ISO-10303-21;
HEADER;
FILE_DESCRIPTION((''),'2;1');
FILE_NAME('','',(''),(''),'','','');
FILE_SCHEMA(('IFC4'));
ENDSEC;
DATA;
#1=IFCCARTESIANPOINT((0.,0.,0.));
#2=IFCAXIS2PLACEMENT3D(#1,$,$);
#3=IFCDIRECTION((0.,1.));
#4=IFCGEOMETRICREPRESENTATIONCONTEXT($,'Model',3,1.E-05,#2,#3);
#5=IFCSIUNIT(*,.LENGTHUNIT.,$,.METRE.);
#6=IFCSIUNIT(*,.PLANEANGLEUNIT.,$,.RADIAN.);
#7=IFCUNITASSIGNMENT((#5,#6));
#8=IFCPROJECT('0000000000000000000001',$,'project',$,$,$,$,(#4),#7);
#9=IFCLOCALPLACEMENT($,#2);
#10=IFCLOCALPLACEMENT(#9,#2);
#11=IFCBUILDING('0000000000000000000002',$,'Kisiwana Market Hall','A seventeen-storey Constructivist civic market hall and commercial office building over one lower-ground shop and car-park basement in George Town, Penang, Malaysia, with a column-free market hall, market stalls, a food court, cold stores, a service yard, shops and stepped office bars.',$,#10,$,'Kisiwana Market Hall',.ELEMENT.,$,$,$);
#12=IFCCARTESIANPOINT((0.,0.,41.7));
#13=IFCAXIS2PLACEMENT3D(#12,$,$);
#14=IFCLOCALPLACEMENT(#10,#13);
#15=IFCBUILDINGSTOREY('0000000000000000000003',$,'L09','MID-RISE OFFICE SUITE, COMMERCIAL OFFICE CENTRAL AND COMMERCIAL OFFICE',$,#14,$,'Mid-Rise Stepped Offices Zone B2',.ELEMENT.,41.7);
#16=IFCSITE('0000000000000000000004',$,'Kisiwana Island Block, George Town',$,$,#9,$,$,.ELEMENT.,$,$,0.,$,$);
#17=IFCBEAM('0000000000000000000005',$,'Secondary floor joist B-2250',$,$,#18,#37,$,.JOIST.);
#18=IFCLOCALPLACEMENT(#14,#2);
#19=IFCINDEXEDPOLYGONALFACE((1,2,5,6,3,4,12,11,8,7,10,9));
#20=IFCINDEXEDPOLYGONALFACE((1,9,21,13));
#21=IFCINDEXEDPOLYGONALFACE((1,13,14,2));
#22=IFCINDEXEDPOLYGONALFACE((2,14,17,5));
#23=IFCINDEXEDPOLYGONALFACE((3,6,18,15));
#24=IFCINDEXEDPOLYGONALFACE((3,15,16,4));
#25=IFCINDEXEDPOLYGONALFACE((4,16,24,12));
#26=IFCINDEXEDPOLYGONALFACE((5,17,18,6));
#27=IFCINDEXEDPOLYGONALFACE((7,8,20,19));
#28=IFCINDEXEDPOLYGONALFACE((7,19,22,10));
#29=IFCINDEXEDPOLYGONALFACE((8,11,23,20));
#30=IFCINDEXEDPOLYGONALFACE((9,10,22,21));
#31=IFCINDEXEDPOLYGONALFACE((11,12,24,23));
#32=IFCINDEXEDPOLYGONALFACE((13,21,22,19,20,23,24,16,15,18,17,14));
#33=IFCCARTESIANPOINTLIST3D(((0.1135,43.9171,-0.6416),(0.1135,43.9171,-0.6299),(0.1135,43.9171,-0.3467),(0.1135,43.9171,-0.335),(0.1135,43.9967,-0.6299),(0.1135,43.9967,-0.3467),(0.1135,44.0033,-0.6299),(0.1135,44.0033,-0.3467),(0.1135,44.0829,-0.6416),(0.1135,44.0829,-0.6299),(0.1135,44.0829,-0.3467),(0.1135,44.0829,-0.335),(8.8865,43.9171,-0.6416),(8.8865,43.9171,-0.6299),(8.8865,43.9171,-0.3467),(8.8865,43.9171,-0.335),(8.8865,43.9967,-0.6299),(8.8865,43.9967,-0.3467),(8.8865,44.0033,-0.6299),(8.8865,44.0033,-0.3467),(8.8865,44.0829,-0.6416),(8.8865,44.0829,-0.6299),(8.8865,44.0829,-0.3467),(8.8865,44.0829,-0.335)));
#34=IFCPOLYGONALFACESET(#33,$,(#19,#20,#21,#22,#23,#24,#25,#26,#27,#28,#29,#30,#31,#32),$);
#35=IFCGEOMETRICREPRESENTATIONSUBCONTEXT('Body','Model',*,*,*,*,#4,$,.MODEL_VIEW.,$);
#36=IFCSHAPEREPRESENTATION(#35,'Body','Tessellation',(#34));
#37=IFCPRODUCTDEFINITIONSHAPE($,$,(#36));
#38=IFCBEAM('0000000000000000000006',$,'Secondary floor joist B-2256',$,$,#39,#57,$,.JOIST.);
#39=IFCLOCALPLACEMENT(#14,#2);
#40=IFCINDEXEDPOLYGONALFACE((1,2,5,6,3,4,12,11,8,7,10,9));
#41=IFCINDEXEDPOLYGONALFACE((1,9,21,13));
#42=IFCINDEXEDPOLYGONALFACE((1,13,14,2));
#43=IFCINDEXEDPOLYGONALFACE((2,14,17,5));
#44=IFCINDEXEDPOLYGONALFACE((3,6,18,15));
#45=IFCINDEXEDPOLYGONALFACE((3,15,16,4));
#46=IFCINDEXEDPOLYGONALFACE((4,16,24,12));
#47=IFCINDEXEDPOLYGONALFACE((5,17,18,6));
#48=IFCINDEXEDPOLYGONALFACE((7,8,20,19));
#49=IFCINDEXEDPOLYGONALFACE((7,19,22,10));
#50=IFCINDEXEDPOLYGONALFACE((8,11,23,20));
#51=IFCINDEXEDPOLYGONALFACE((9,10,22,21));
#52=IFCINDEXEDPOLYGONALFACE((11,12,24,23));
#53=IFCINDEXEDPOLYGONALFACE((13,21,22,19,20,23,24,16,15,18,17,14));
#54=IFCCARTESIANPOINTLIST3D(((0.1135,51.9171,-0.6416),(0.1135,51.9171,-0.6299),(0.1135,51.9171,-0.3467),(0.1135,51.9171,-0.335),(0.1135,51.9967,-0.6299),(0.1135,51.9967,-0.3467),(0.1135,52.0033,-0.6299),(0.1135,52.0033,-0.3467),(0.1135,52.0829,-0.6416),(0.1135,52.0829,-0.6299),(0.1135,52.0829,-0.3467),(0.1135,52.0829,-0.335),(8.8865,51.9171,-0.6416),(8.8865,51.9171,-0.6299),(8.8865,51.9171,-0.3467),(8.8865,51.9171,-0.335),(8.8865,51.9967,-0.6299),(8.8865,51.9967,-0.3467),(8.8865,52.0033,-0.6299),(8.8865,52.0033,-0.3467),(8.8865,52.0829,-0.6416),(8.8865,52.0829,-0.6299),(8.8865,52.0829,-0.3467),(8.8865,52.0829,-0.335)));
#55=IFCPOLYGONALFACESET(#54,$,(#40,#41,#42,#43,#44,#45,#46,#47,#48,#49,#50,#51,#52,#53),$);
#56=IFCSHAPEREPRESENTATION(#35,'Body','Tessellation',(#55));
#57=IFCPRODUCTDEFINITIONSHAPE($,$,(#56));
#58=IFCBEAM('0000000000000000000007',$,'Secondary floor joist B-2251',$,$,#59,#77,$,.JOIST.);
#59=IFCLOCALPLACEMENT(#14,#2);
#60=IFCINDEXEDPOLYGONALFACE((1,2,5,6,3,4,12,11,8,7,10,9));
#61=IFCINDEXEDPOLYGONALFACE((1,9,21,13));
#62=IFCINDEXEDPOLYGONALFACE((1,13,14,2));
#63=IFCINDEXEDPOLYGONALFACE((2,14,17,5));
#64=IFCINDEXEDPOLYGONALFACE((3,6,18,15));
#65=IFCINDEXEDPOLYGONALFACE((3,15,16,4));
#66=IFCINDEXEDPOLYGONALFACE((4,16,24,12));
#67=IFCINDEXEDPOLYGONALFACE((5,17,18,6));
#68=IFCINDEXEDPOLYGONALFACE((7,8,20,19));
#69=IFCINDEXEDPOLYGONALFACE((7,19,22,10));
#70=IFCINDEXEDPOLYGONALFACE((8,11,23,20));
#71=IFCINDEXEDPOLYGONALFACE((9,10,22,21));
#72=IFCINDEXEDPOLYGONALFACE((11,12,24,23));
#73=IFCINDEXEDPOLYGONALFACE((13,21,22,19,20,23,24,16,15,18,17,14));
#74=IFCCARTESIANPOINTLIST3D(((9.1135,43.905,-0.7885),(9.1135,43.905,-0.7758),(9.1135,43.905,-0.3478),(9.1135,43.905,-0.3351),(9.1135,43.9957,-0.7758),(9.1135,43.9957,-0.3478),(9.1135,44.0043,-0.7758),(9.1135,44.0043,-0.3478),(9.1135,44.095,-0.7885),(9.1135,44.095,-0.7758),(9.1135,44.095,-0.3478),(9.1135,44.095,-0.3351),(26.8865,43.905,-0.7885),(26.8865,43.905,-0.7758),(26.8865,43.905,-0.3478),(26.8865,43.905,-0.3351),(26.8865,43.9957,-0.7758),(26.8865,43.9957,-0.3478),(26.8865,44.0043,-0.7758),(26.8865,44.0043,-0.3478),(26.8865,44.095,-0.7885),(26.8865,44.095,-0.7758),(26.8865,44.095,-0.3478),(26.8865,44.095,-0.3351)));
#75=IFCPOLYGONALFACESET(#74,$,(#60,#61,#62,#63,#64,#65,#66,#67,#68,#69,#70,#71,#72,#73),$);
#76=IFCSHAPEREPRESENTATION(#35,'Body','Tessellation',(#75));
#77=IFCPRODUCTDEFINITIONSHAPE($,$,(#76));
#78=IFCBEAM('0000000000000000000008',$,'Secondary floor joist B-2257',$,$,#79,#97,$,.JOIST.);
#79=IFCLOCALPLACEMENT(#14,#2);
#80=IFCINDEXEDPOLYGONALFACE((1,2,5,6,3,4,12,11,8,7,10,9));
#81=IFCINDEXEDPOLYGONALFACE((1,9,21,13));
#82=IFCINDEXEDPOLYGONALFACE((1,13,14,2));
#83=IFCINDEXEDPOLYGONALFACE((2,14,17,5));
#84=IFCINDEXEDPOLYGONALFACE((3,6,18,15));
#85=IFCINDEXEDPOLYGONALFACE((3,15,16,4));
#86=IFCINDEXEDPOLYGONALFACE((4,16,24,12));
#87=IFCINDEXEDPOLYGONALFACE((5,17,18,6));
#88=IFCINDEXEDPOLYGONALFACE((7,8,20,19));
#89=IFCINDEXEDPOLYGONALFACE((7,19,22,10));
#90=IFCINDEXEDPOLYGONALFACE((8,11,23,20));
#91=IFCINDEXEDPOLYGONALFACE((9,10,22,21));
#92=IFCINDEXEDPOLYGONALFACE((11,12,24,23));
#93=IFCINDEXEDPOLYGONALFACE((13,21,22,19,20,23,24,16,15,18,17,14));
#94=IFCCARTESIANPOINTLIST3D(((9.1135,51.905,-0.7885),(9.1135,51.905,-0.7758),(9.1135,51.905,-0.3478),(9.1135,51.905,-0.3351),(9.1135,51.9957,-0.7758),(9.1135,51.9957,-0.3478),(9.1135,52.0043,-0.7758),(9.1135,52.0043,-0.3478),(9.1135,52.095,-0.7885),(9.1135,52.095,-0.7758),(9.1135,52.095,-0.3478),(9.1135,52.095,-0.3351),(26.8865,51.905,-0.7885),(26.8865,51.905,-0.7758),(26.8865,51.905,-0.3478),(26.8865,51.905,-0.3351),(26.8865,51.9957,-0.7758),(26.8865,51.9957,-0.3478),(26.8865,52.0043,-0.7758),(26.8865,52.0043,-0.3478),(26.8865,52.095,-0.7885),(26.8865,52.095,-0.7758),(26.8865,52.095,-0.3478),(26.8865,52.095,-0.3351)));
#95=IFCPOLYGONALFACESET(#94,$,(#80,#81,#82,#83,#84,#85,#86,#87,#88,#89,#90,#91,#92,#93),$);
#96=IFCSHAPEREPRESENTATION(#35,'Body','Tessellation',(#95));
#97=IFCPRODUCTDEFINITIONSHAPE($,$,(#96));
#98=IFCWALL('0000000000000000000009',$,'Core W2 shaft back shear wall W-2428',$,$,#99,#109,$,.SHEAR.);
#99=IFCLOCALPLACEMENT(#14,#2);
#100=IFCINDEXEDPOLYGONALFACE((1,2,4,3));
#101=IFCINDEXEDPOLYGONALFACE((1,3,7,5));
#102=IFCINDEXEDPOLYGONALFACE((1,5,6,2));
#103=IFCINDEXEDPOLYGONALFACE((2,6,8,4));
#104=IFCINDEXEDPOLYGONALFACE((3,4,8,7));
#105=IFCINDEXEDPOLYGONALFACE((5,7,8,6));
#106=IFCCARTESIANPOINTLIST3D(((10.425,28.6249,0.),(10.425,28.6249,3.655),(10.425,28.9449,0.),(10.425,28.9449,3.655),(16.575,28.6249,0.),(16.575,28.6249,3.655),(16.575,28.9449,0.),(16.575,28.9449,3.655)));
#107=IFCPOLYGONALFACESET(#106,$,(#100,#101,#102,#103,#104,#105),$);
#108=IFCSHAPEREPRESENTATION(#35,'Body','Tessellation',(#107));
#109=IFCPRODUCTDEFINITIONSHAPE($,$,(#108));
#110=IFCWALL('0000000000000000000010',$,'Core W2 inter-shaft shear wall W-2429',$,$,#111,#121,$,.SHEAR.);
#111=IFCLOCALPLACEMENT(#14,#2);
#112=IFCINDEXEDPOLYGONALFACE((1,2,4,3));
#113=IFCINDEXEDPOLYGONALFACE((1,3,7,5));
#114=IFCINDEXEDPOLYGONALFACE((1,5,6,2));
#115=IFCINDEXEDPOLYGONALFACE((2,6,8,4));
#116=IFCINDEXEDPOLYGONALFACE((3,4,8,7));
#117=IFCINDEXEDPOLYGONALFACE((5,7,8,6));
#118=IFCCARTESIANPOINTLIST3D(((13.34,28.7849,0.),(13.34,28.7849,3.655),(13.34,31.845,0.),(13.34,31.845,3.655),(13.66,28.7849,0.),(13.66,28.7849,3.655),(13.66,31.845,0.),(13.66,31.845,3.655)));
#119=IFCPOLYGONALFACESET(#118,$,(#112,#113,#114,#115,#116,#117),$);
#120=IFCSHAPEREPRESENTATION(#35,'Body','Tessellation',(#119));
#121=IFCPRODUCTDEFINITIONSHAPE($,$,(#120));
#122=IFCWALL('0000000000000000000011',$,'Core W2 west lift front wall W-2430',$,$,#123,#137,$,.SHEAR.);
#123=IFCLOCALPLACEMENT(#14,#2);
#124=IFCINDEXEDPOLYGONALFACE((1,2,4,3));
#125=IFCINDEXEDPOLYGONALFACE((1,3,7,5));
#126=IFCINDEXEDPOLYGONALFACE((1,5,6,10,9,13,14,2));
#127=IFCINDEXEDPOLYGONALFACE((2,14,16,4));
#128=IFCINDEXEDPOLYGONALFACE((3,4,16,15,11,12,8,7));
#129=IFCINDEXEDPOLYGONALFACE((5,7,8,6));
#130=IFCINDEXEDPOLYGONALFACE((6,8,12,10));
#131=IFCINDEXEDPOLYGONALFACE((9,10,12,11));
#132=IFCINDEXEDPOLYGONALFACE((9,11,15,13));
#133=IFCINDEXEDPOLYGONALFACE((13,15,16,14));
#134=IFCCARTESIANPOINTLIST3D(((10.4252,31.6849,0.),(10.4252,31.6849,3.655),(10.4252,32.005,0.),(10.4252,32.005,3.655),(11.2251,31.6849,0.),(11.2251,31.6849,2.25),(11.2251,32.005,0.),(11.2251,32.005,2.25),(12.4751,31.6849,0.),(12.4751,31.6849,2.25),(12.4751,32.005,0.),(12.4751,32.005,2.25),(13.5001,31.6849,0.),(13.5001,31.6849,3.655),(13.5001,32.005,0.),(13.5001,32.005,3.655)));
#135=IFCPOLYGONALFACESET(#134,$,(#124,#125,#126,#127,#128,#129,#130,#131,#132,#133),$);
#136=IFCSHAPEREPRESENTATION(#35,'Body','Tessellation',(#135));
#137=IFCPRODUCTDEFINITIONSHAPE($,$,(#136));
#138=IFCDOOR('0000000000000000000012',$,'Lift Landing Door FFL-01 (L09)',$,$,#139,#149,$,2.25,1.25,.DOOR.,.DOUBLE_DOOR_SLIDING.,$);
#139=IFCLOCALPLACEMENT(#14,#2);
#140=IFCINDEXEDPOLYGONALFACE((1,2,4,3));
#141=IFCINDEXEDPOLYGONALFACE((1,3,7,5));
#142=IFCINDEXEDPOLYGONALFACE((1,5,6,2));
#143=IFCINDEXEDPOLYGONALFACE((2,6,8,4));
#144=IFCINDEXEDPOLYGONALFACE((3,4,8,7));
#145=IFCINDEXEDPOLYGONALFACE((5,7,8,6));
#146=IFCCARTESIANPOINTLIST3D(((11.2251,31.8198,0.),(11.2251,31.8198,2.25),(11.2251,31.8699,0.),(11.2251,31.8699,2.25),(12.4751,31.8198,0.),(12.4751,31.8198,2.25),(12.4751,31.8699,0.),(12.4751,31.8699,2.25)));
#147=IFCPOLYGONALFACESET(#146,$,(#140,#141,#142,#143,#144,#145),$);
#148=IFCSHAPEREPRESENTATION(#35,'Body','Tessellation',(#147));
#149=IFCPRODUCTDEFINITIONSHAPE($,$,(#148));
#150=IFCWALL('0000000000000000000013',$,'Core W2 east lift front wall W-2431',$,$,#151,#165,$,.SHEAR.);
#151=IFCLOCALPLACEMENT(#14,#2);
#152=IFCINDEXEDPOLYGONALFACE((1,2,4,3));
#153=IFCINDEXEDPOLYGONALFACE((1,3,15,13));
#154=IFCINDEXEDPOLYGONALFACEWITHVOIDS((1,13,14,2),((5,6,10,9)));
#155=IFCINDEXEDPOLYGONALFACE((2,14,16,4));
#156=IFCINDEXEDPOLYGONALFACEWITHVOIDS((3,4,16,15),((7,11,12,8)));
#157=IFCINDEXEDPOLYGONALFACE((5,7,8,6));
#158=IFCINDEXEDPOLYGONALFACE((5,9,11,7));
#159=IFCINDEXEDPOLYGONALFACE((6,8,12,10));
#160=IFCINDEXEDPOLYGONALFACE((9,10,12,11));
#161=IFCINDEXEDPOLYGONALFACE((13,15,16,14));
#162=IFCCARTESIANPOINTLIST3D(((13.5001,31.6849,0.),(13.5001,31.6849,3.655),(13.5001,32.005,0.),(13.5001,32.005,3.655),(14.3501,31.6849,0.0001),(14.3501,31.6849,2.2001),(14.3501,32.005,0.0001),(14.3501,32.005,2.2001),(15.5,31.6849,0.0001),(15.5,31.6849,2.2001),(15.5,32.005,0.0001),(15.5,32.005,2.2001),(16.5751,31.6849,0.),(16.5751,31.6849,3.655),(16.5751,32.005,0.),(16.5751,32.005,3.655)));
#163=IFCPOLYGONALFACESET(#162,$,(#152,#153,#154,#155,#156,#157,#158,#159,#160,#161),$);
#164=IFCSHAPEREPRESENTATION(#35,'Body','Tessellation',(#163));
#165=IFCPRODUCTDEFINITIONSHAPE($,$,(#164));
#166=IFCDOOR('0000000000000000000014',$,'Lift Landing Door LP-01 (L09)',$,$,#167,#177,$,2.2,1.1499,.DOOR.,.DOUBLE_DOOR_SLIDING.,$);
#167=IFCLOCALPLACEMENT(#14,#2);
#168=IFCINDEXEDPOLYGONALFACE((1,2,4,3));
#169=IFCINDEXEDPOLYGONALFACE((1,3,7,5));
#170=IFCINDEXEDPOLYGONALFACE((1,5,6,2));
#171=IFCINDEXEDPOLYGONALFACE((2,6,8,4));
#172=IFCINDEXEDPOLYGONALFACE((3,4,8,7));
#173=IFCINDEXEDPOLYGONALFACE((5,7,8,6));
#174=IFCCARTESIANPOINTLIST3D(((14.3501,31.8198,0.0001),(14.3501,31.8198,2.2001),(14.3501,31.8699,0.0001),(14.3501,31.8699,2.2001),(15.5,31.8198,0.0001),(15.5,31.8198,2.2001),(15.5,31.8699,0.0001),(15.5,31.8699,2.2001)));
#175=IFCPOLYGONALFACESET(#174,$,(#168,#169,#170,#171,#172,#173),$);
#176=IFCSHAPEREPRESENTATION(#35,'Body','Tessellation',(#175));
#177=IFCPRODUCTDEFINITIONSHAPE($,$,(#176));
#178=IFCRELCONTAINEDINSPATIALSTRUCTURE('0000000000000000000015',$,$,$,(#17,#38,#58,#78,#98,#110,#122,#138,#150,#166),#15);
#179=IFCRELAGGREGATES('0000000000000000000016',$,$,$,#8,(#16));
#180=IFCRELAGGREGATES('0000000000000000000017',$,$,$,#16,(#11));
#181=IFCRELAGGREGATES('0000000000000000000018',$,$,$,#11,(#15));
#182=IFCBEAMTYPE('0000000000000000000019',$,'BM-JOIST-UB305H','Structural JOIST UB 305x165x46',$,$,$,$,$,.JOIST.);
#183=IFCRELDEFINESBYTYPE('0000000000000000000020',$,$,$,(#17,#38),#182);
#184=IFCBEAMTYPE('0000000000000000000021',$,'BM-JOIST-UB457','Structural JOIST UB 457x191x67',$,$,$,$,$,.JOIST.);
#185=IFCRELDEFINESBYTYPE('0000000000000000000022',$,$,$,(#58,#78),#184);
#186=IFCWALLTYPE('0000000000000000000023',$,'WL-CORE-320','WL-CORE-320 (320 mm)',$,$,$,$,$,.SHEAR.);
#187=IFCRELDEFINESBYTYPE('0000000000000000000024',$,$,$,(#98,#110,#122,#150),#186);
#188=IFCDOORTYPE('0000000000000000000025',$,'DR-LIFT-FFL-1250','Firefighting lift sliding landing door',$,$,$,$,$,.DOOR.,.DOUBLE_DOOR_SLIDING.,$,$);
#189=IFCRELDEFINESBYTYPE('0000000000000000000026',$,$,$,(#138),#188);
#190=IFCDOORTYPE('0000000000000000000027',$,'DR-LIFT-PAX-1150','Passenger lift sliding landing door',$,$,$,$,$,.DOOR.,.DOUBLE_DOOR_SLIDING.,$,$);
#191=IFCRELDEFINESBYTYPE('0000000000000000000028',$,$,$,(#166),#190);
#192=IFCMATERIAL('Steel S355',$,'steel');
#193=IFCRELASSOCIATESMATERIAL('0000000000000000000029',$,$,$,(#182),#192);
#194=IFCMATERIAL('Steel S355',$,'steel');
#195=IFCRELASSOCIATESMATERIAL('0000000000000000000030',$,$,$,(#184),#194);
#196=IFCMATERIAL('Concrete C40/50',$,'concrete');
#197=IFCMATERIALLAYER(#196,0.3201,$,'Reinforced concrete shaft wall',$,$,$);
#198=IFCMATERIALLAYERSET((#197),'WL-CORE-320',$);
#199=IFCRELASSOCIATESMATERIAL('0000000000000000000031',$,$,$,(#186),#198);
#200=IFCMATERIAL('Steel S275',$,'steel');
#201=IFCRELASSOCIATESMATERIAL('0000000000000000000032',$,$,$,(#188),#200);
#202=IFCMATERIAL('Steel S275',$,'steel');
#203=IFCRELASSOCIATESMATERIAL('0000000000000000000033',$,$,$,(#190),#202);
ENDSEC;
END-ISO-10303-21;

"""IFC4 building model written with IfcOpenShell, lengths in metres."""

from ifc_helpers import new_model, si_unit, direction, frame, frame_2d, origin, origin_2d, place, context, subcontext, project, spatial, rectangle, i_section, extrude, material, layer, layer_set, material_profile, profile_set, type_object, element, fill, save


model = new_model("IFC4")

# Units and contexts
model_context = context("Model", 3, precision=1e-05, world=origin(), true_north=direction((0.0, 1.0)))
body_context = subcontext(model_context, "Body", "Model", "MODEL_VIEW")
ifc_project = project(units=[si_unit("LENGTHUNIT", "METRE"), si_unit("PLANEANGLEUNIT", "RADIAN")], contexts=[model_context])

# Site, building, storey
site_placement = place(None, origin())
site = spatial("IfcSite", under=ifc_project, at=site_placement, Name="Kisiwana Island Block, George Town", CompositionType="ELEMENT", RefElevation=0.0)
building_placement = place(site_placement, origin())
building = spatial("IfcBuilding", under=site, at=building_placement, Name="Kisiwana Market Hall", Description="A seventeen-storey Constructivist civic market hall and commercial office building over one lower-ground shop and car-park basement in George Town, Penang, Malaysia, with a column-free market hall, market stalls, a food court, cold stores, a service yard, shops and stepped office bars.", LongName="Kisiwana Market Hall", CompositionType="ELEMENT")
storey_placement = place(building_placement, frame((0.0, 0.0, 41.7)))
storey = spatial("IfcBuildingStorey", under=building, at=storey_placement, Name="L09", Description="MID-RISE OFFICE SUITE, COMMERCIAL OFFICE CENTRAL AND COMMERCIAL OFFICE", LongName="Mid-Rise Stepped Offices Zone B2", CompositionType="ELEMENT", Elevation=41.7)

# Beams
ifc_material_1 = material(Name="Steel S355", Category="steel")
ifc_material_profile_1 = material_profile(ifc_material_1, i_section(OverallWidth=0.1658, OverallDepth=0.3066, WebThickness=0.0066, FlangeThickness=0.0117, at=origin_2d()), Name="UB 305x165x46")
ifc_profile_set_1 = profile_set([ifc_material_profile_1], Name="Steel S355")
beam_type_1 = type_object("IfcBeamType", Name="BM-JOIST-UB305H", Description="Structural JOIST UB 305x165x46", PredefinedType="JOIST", material=ifc_profile_set_1)
for number, where, z_axis, x_axis, name in (
    (1, (0.1135, 44.0, -0.4883), (1.0, 0.0, 0.0), (0.0, 1.0, 0.0), "Secondary floor joist B-2250"),
    (2, (0.1135, 52.0, -0.4883), (1.0, 0.0, 0.0), (0.0, 1.0, 0.0), "Secondary floor joist B-2256"),
):
    element("IfcBeam", number, at=place(storey_placement, frame(where, z_axis=z_axis, x_axis=x_axis)), inside=storey, type_object=beam_type_1, Name=name, PredefinedType="JOIST", context=body_context, shape_type="SweptSolid", body=[
        extrude(i_section(OverallWidth=0.1658, OverallDepth=0.3066, WebThickness=0.0066, FlangeThickness=0.0117, at=origin_2d()), origin(), (0.0, 0.0, 1.0), 8.7729),
    ])
ifc_material_2 = material(Name="Steel S355", Category="steel")
ifc_material_profile_2 = material_profile(ifc_material_2, i_section(OverallWidth=0.1899, OverallDepth=0.4534, WebThickness=0.0085, FlangeThickness=0.0127, at=origin_2d()), Name="UB 457x191x67")
ifc_profile_set_2 = profile_set([ifc_material_profile_2], Name="Steel S355")
beam_type_2 = type_object("IfcBeamType", Name="BM-JOIST-UB457", Description="Structural JOIST UB 457x191x67", PredefinedType="JOIST", material=ifc_profile_set_2)
for number, where, z_axis, x_axis, name in (
    (3, (9.1135, 44.0, -0.5618), (1.0, 0.0, 0.0), (0.0, 1.0, 0.0), "Secondary floor joist B-2251"),
    (4, (9.1135, 52.0, -0.5618), (1.0, 0.0, 0.0), (0.0, 1.0, 0.0), "Secondary floor joist B-2257"),
):
    element("IfcBeam", number, at=place(storey_placement, frame(where, z_axis=z_axis, x_axis=x_axis)), inside=storey, type_object=beam_type_2, Name=name, PredefinedType="JOIST", context=body_context, shape_type="SweptSolid", body=[
        extrude(i_section(OverallWidth=0.1899, OverallDepth=0.4534, WebThickness=0.0085, FlangeThickness=0.0127, at=origin_2d()), origin(), (0.0, 0.0, 1.0), 17.7729),
    ])

# Walls
ifc_material_3 = material(Name="Concrete C40/50", Category="concrete")
ifc_layer_1 = layer(ifc_material_3, 0.3201, Name="Reinforced concrete shaft wall")
ifc_layer_set_1 = layer_set([ifc_layer_1], Name="WL-CORE-320")
wall_type_1 = type_object("IfcWallType", Name="WL-CORE-320", Description="WL-CORE-320 (320 mm)", PredefinedType="SHEAR", material=ifc_layer_set_1)
wall_1_placement = place(storey_placement, frame((10.425, 28.7849, 0.0), z_axis=(0.0, 0.0, 1.0), x_axis=(1.0, 0.0, 0.0)))
element("IfcWall", 5, at=wall_1_placement, inside=storey, type_object=wall_type_1, Name="Core W2 shaft back shear wall W-2428", PredefinedType="SHEAR", context=body_context, shape_type="SweptSolid", body=[
    extrude(rectangle(XDim=6.1499, YDim=0.3201, at=frame_2d((3.075, 0.0))), origin(), (0.0, 0.0, 1.0), 3.655),
])
wall_2_placement = place(storey_placement, frame((13.5, 28.7849, 0.0), z_axis=(0.0, 0.0, 1.0), x_axis=(0.0, 1.0, 0.0)))
element("IfcWall", 6, at=wall_2_placement, inside=storey, type_object=wall_type_1, Name="Core W2 inter-shaft shear wall W-2429", PredefinedType="SHEAR", context=body_context, shape_type="SweptSolid", body=[
    extrude(rectangle(XDim=3.0601, YDim=0.3201, at=frame_2d((1.53, 0.0))), origin(), (0.0, 0.0, 1.0), 3.655),
])

# Walls, openings, doors
wall_3_placement = place(storey_placement, frame((10.425, 31.845, 0.0), z_axis=(0.0, 0.0, 1.0), x_axis=(1.0, 0.0, 0.0)))
wall_3 = element("IfcWall", 7, at=wall_3_placement, inside=storey, type_object=wall_type_1, Name="Core W2 west lift front wall W-2430", PredefinedType="SHEAR", context=body_context, shape_type="SweptSolid", body=[
    extrude(rectangle(XDim=3.075, YDim=0.3201, at=frame_2d((1.5376, 0.0))), origin(), (0.0, 0.0, 1.0), 3.655),
])
opening_1_placement = place(wall_3_placement, frame((0.8, 0.0, 0.0)))
opening_1 = element("IfcOpeningElement", 8, at=opening_1_placement, cuts=wall_3, PredefinedType="OPENING", context=body_context, shape_type="SweptSolid", body=[
    extrude(rectangle(XDim=1.25, YDim=2.25, at=frame_2d((0.625, 1.125))), frame((0.0, 0.1719, 0.0), z_axis=(0.0, -1.0, 0.0), x_axis=(1.0, 0.0, 0.0)), (0.0, 0.0, 1.0), 0.344),
])
ifc_material_4 = material(Name="Steel S275", Category="steel")
door_type_1 = type_object("IfcDoorType", Name="DR-LIFT-FFL-1250", Description="Firefighting lift sliding landing door", OperationType="DOUBLE_DOOR_SLIDING", PredefinedType="DOOR", material=ifc_material_4)
door_1_placement = place(opening_1_placement, origin())
door_1 = element("IfcDoor", 9, at=door_1_placement, inside=storey, type_object=door_type_1, Name="Lift Landing Door FFL-01 (L09)", OperationType="DOUBLE_DOOR_SLIDING", OverallHeight=2.25, OverallWidth=1.25, PredefinedType="DOOR", context=body_context, shape_type="SweptSolid", body=[
    extrude(rectangle(XDim=1.25, YDim=2.25, at=frame_2d((0.625, 1.125))), frame((0.0, 0.0249, 0.0), z_axis=(0.0, -1.0, 0.0), x_axis=(1.0, 0.0, 0.0)), (0.0, 0.0, 1.0), 0.05),
])
fill(opening_1, door_1)
wall_4_placement = place(storey_placement, frame((13.5, 31.845, 0.0), z_axis=(0.0, 0.0, 1.0), x_axis=(1.0, 0.0, 0.0)))
wall_4 = element("IfcWall", 10, at=wall_4_placement, inside=storey, type_object=wall_type_1, Name="Core W2 east lift front wall W-2431", PredefinedType="SHEAR", context=body_context, shape_type="SweptSolid", body=[
    extrude(rectangle(XDim=3.075, YDim=0.3201, at=frame_2d((1.5376, 0.0))), origin(), (0.0, 0.0, 1.0), 3.655),
])
opening_2_placement = place(wall_4_placement, frame((0.8501, 0.0, 0.0)))
opening_2 = element("IfcOpeningElement", 11, at=opening_2_placement, cuts=wall_4, PredefinedType="OPENING", context=body_context, shape_type="SweptSolid", body=[
    extrude(rectangle(XDim=1.1499, YDim=2.2, at=frame_2d((0.575, 1.1001))), frame((0.0, 0.1719, 0.0), z_axis=(0.0, -1.0, 0.0), x_axis=(1.0, 0.0, 0.0)), (0.0, 0.0, 1.0), 0.344),
])
ifc_material_5 = material(Name="Steel S275", Category="steel")
door_type_2 = type_object("IfcDoorType", Name="DR-LIFT-PAX-1150", Description="Passenger lift sliding landing door", OperationType="DOUBLE_DOOR_SLIDING", PredefinedType="DOOR", material=ifc_material_5)
door_2_placement = place(opening_2_placement, origin())
door_2 = element("IfcDoor", 12, at=door_2_placement, inside=storey, type_object=door_type_2, Name="Lift Landing Door LP-01 (L09)", OperationType="DOUBLE_DOOR_SLIDING", OverallHeight=2.2, OverallWidth=1.1499, PredefinedType="DOOR", context=body_context, shape_type="SweptSolid", body=[
    extrude(rectangle(XDim=1.1499, YDim=2.2, at=frame_2d((0.575, 1.1001))), frame((0.0, 0.0249, 0.0), z_axis=(0.0, -1.0, 0.0), x_axis=(1.0, 0.0, 0.0)), (0.0, 0.0, 1.0), 0.05),
])
fill(opening_2, door_2)

save(model, "model.ifc")
